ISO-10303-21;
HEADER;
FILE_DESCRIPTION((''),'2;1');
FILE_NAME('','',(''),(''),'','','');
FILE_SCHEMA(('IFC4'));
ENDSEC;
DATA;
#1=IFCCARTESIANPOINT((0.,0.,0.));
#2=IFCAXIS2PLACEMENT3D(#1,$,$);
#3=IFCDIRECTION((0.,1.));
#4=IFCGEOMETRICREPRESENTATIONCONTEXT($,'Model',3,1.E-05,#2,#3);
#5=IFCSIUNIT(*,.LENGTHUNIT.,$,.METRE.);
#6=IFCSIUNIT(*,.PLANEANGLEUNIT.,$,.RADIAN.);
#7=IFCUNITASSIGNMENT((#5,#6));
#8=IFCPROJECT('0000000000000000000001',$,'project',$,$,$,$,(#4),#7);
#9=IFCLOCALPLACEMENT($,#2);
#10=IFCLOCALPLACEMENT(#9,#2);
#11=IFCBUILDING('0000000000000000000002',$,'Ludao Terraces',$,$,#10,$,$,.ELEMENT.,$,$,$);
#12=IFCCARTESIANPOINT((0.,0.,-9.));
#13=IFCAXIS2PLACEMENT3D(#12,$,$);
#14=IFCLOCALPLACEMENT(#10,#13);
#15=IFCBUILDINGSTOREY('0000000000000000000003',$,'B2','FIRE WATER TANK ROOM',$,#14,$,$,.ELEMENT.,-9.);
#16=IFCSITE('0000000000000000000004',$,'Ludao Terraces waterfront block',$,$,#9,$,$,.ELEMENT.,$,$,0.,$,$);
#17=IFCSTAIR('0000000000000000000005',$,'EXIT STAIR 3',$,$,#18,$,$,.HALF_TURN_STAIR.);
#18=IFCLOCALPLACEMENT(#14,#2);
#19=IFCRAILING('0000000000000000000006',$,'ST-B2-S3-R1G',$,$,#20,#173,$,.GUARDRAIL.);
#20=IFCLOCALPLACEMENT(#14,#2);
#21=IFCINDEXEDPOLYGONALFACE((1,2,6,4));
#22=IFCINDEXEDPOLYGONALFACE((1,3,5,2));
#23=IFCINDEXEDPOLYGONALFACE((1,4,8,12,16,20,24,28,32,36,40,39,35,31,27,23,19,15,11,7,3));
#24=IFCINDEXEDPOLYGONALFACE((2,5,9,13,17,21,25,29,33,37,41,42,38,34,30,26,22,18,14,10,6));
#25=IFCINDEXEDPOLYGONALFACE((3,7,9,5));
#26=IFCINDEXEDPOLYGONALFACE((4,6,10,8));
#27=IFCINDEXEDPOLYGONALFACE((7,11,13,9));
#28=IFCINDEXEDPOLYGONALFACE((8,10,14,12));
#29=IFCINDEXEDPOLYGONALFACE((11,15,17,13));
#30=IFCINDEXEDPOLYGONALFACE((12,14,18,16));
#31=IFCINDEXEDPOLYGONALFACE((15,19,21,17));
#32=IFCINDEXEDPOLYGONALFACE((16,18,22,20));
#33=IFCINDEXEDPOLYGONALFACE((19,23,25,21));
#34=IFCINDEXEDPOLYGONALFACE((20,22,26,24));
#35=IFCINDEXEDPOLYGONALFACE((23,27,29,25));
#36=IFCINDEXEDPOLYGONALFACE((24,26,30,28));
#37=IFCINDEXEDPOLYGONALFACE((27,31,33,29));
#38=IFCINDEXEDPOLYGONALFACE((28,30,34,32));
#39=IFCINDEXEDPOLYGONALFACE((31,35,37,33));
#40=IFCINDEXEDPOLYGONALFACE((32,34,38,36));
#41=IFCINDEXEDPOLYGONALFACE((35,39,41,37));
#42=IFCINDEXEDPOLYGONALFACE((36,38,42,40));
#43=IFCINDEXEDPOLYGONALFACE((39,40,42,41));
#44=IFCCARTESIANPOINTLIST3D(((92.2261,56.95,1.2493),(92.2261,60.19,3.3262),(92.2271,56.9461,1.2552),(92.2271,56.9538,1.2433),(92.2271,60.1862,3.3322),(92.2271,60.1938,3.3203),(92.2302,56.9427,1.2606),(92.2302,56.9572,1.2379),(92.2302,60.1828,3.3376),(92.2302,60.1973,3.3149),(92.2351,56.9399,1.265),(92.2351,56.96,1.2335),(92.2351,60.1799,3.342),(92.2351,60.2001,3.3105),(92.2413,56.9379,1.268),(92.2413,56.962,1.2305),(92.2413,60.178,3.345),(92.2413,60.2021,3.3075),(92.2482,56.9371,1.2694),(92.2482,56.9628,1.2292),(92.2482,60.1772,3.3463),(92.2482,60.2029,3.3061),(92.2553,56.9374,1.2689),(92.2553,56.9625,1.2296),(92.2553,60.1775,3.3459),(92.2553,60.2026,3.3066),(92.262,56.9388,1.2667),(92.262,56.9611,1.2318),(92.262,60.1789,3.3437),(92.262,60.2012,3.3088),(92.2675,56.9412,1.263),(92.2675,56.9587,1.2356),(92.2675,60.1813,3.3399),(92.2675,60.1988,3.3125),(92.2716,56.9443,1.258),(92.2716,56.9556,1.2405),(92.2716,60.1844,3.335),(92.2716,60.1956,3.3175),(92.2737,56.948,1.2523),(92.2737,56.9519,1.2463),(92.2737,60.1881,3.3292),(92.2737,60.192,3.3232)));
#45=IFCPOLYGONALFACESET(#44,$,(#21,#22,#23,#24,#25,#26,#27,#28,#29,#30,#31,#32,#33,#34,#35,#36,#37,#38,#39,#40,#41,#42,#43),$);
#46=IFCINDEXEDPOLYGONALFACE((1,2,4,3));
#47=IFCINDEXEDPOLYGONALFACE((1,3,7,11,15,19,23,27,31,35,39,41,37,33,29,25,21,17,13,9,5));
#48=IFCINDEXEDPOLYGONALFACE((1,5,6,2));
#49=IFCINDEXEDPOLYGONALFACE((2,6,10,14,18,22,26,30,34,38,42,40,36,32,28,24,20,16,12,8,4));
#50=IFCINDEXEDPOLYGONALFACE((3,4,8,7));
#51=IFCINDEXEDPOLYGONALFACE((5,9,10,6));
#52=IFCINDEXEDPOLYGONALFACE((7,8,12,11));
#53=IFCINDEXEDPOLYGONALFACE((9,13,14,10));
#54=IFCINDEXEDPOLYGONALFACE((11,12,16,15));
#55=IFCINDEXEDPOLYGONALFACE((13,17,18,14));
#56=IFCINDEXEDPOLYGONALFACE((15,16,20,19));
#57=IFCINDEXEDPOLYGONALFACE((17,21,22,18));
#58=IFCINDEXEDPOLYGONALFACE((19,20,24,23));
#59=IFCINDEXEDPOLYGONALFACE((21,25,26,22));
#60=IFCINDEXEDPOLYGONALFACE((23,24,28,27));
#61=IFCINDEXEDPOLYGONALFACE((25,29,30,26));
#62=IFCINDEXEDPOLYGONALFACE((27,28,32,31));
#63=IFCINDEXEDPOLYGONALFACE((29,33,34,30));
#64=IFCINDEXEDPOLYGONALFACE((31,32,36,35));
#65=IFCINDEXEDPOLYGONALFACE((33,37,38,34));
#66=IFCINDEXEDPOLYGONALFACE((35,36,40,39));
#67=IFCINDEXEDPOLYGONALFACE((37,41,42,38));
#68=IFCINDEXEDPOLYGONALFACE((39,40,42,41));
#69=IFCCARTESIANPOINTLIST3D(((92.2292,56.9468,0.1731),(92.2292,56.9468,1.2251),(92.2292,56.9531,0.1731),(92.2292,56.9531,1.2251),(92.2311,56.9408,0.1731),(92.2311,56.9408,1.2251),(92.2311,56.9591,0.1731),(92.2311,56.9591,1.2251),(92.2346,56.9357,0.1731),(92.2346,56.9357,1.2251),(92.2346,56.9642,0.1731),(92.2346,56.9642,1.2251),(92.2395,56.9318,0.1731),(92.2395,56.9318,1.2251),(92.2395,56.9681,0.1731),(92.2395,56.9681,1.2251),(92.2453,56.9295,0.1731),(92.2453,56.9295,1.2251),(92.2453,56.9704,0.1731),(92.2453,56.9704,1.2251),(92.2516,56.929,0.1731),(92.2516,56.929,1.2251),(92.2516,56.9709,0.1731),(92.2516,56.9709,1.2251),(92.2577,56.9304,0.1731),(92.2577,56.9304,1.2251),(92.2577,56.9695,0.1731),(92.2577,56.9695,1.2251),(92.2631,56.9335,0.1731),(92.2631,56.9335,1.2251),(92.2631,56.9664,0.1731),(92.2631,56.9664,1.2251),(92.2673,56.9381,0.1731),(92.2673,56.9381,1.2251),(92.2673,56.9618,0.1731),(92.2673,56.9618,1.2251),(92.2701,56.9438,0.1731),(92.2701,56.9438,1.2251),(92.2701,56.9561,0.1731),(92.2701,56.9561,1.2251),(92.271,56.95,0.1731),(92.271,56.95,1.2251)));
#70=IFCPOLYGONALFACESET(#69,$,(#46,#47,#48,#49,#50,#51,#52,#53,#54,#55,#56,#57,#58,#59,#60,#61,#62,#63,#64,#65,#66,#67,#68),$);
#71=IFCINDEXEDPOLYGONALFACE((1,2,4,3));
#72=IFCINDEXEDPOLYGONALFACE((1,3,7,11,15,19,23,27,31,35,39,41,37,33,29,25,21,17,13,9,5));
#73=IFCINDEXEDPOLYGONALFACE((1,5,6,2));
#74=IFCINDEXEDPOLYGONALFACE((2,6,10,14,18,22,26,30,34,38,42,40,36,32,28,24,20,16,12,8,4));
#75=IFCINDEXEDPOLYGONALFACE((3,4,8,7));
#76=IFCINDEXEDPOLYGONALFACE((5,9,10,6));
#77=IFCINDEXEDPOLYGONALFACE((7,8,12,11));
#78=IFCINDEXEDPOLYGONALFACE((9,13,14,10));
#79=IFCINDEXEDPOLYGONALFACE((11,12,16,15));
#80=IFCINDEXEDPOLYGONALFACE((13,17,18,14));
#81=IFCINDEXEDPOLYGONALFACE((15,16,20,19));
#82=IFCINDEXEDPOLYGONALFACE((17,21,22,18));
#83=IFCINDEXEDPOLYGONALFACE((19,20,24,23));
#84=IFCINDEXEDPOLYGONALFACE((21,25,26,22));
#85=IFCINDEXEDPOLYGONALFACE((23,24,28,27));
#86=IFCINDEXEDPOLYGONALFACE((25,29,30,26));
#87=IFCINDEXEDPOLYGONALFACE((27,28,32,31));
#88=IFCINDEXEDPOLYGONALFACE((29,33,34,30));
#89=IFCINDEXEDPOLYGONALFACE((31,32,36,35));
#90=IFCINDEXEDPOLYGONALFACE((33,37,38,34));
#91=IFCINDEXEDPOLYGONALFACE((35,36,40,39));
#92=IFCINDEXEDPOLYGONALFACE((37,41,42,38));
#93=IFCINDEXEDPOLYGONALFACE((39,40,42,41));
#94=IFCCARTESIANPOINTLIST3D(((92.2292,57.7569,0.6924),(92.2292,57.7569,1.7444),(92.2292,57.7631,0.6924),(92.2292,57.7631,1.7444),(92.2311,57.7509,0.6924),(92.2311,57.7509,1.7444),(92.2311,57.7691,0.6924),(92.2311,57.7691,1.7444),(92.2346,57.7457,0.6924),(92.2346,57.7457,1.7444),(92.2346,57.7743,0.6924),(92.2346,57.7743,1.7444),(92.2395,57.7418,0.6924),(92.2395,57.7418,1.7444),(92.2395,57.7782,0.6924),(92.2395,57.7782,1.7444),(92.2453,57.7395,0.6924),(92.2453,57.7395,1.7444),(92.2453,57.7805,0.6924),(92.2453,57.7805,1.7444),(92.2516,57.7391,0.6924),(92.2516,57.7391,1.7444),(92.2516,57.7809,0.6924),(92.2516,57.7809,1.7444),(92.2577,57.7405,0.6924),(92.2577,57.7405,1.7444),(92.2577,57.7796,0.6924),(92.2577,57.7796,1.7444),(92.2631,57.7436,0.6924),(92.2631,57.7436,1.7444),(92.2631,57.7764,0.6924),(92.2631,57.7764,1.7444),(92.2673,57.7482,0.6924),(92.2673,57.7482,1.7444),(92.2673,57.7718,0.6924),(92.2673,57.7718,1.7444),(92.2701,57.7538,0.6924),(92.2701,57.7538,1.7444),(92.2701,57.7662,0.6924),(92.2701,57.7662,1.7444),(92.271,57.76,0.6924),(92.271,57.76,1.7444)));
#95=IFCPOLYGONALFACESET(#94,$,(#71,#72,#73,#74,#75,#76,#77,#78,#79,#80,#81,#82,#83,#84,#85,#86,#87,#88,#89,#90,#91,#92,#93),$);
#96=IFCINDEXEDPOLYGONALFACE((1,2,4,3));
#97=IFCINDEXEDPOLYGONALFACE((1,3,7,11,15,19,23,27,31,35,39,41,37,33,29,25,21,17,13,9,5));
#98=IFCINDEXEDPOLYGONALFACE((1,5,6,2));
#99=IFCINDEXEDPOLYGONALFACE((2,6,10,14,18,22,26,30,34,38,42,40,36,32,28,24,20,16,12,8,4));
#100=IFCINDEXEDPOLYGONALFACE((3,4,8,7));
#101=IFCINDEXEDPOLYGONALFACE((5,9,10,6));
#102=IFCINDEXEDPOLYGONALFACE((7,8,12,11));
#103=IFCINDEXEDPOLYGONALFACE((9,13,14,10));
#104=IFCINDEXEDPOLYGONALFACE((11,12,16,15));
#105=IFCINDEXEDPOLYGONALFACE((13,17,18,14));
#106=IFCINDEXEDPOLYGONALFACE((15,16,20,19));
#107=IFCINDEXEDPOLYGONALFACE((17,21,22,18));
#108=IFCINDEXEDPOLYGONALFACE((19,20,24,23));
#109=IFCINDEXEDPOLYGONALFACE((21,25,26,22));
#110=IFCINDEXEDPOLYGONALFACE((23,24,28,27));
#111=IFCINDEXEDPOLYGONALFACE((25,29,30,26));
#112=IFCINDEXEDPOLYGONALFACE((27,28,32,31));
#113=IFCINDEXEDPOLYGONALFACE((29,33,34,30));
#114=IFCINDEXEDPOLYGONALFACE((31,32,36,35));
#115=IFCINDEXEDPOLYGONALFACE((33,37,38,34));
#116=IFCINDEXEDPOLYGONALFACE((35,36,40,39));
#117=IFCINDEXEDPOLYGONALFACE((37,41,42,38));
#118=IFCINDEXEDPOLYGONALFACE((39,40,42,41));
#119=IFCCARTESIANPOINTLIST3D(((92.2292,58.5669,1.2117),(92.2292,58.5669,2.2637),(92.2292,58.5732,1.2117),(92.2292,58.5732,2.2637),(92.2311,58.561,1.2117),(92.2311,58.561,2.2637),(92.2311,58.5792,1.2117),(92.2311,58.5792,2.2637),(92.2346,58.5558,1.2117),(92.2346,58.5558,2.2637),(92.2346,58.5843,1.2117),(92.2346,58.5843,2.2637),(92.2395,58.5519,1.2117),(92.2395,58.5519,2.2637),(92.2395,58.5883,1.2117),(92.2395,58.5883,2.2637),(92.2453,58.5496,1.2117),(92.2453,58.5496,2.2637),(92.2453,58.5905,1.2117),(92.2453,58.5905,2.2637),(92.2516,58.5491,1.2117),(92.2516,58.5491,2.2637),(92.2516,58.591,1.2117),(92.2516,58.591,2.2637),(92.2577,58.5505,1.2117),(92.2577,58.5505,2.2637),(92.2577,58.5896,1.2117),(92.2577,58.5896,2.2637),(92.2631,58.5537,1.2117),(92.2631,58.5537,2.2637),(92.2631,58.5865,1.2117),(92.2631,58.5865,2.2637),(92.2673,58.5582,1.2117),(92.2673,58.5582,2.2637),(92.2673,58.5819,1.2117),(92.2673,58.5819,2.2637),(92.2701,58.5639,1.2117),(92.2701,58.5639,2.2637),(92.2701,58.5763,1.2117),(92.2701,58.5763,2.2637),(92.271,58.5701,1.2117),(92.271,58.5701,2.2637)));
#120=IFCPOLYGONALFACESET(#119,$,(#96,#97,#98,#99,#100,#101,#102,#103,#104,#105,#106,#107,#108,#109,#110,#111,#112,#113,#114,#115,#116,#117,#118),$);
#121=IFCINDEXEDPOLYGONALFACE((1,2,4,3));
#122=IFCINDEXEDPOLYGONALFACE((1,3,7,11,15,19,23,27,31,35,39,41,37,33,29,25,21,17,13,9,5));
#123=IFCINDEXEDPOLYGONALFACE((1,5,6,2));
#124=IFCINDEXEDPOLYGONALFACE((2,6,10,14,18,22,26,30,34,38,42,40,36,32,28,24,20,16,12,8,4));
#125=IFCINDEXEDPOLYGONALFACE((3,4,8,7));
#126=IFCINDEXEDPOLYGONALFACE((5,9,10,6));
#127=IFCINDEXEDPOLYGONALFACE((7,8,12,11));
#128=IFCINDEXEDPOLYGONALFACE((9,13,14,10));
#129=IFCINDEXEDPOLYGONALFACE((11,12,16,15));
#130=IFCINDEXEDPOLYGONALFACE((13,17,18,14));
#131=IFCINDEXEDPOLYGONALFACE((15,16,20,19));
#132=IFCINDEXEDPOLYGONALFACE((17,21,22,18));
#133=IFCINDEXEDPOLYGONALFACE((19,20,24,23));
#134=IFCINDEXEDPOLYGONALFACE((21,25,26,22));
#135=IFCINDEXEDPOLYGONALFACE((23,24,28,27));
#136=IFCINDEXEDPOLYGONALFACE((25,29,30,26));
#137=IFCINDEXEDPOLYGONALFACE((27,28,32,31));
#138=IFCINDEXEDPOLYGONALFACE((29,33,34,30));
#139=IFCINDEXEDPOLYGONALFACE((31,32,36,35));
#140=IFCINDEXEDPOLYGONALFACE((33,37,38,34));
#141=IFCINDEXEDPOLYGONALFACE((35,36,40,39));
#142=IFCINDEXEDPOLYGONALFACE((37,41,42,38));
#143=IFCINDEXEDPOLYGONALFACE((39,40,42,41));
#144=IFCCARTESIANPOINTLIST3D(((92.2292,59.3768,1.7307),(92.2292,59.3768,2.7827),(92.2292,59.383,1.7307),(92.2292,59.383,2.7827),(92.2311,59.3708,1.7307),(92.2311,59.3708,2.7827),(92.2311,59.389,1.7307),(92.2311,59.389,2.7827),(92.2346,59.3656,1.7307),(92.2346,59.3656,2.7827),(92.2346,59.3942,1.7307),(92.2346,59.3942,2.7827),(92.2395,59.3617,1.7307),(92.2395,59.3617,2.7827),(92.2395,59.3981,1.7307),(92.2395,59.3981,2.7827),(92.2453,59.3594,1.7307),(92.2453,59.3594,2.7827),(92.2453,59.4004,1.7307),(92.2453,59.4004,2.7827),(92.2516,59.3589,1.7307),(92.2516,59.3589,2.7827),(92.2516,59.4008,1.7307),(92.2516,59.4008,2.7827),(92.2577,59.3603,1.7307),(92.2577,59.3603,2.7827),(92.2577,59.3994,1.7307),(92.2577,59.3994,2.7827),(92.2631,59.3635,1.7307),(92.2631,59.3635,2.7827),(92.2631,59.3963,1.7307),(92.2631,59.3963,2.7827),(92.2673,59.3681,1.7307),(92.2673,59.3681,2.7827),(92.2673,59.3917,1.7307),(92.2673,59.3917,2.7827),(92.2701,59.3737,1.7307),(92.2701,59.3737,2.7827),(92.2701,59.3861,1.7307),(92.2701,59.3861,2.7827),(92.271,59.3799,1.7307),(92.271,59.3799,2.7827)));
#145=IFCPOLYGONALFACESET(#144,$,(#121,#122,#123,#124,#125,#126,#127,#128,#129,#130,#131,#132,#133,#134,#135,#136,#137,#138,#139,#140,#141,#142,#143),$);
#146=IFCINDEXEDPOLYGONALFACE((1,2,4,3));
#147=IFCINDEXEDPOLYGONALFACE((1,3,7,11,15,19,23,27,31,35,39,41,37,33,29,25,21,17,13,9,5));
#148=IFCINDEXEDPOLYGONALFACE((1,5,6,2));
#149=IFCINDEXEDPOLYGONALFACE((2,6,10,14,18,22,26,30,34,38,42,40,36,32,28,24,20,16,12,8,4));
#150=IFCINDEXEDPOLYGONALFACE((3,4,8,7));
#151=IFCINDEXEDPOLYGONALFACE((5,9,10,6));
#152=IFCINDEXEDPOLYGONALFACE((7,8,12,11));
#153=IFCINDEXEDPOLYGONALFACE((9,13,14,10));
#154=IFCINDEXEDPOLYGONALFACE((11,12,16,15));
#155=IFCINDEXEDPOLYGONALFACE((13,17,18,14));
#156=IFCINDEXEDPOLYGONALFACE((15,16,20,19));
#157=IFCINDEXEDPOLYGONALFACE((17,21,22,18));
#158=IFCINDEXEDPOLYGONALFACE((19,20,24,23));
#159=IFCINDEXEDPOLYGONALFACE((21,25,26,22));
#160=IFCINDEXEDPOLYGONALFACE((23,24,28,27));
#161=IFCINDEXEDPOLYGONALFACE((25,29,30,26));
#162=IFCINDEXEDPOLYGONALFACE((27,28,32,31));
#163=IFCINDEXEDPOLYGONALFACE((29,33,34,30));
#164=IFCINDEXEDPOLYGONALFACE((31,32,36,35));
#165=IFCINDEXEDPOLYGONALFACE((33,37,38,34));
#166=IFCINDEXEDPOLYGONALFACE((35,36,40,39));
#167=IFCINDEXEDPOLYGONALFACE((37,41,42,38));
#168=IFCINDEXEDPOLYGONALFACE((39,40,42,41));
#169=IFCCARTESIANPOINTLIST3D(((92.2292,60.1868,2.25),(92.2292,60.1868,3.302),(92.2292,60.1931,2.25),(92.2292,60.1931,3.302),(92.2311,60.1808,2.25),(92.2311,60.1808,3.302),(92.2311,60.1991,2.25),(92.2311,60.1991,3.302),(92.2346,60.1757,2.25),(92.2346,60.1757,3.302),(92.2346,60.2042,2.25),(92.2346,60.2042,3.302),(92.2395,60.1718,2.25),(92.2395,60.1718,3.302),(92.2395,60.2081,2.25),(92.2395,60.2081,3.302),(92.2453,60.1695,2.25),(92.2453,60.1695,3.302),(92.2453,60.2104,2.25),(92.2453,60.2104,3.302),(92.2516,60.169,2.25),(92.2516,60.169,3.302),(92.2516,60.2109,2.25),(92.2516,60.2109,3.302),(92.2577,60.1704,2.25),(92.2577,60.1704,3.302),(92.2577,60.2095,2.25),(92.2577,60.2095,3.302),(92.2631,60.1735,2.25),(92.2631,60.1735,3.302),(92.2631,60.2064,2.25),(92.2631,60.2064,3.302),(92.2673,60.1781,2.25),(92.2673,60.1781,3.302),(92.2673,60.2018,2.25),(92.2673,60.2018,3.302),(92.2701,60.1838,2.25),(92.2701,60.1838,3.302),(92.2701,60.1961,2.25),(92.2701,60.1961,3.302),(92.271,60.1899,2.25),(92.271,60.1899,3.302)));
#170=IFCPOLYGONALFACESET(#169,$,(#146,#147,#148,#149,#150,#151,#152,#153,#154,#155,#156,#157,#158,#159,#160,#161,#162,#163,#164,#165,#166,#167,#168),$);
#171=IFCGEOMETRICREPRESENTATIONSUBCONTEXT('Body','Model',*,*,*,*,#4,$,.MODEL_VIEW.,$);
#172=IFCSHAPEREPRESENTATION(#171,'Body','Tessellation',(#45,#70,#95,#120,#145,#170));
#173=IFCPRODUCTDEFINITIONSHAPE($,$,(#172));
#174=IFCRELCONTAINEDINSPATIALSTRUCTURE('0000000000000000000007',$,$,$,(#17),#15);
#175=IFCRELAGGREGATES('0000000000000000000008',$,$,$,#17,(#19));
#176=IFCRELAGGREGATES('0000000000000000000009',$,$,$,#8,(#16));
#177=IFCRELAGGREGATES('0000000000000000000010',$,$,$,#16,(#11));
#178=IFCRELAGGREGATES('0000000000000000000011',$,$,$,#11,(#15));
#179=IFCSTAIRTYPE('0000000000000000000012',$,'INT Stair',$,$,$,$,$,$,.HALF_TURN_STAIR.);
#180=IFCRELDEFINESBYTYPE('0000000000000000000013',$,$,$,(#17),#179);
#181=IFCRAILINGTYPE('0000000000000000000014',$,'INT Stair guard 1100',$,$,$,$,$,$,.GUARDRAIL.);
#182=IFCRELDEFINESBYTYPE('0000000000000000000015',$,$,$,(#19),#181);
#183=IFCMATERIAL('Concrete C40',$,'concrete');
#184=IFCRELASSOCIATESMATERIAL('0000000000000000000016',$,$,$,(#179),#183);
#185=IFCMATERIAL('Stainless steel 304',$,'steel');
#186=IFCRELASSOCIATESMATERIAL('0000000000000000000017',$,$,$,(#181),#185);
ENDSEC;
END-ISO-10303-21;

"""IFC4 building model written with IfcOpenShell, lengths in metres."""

from ifc_helpers import new_model, si_unit, direction, frame, origin, origin_2d, place, context, subcontext, project, spatial, circle, extrude, material, type_object, element, aggregate, save


model = new_model("IFC4")

# Units and contexts
model_context = context("Model", 3, precision=1e-05, world=origin(), true_north=direction((0.0, 1.0)))
body_context = subcontext(model_context, "Body", "Model", "MODEL_VIEW")
ifc_project = project(units=[si_unit("LENGTHUNIT", "METRE"), si_unit("PLANEANGLEUNIT", "RADIAN")], contexts=[model_context])

# Site, building, storey
site_placement = place(None, origin())
site = spatial("IfcSite", under=ifc_project, at=site_placement, Name="Ludao Terraces waterfront block", CompositionType="ELEMENT", RefElevation=0.0)
building_placement = place(site_placement, origin())
building = spatial("IfcBuilding", under=site, at=building_placement, Name="Ludao Terraces", CompositionType="ELEMENT")
storey_placement = place(building_placement, frame((0.0, 0.0, -9.0)))
storey = spatial("IfcBuildingStorey", under=building, at=storey_placement, Name="B2", Description="FIRE WATER TANK ROOM", CompositionType="ELEMENT", Elevation=-9.0)

# Shared definitions
ifc_material_1 = material(Name="Concrete C40", Category="concrete")

# Stair, railing
stair_type = type_object("IfcStairType", Name="INT Stair", PredefinedType="HALF_TURN_STAIR", material=ifc_material_1)
stair_placement = place(storey_placement, origin())
stair = element("IfcStair", 1, at=stair_placement, inside=storey, type_object=stair_type, Name="EXIT STAIR 3", PredefinedType="HALF_TURN_STAIR")
ifc_material_2 = material(Name="Stainless steel 304", Category="steel")
railing_type_1 = type_object("IfcRailingType", Name="INT Stair guard 1100", PredefinedType="GUARDRAIL", material=ifc_material_2)
railing_1_placement = place(storey_placement, frame((92.25, 56.95, 0.1731)))
railing_1 = element("IfcRailing", 2, at=railing_1_placement, type_object=railing_type_1, Name="ST-B2-S3-R1G", PredefinedType="GUARDRAIL", context=body_context, shape_type="SweptSolid", body=[
    extrude(circle(Radius=0.0239, at=origin_2d()), frame((0.0, 0.0, 1.0762), z_axis=(0.0, 0.841881, 0.539664), x_axis=(-1.0, 0.0, 0.0)), (0.0, 0.0, 1.0), 3.8486),
    extrude(circle(Radius=0.021, at=origin_2d()), origin(), (0.0, 0.0, 1.0), 1.052),
    extrude(circle(Radius=0.021, at=origin_2d()), frame((0.0, 0.8101, 0.5193)), (0.0, 0.0, 1.0), 1.052),
    extrude(circle(Radius=0.021, at=origin_2d()), frame((0.0, 1.6201, 1.0386)), (0.0, 0.0, 1.0), 1.052),
    extrude(circle(Radius=0.021, at=origin_2d()), frame((0.0, 2.4299, 1.5576)), (0.0, 0.0, 1.0), 1.052),
    extrude(circle(Radius=0.021, at=origin_2d()), frame((0.0, 3.24, 2.0769)), (0.0, 0.0, 1.0), 1.052),
])
aggregate(stair, [railing_1])

save(model, "model.ifc")
